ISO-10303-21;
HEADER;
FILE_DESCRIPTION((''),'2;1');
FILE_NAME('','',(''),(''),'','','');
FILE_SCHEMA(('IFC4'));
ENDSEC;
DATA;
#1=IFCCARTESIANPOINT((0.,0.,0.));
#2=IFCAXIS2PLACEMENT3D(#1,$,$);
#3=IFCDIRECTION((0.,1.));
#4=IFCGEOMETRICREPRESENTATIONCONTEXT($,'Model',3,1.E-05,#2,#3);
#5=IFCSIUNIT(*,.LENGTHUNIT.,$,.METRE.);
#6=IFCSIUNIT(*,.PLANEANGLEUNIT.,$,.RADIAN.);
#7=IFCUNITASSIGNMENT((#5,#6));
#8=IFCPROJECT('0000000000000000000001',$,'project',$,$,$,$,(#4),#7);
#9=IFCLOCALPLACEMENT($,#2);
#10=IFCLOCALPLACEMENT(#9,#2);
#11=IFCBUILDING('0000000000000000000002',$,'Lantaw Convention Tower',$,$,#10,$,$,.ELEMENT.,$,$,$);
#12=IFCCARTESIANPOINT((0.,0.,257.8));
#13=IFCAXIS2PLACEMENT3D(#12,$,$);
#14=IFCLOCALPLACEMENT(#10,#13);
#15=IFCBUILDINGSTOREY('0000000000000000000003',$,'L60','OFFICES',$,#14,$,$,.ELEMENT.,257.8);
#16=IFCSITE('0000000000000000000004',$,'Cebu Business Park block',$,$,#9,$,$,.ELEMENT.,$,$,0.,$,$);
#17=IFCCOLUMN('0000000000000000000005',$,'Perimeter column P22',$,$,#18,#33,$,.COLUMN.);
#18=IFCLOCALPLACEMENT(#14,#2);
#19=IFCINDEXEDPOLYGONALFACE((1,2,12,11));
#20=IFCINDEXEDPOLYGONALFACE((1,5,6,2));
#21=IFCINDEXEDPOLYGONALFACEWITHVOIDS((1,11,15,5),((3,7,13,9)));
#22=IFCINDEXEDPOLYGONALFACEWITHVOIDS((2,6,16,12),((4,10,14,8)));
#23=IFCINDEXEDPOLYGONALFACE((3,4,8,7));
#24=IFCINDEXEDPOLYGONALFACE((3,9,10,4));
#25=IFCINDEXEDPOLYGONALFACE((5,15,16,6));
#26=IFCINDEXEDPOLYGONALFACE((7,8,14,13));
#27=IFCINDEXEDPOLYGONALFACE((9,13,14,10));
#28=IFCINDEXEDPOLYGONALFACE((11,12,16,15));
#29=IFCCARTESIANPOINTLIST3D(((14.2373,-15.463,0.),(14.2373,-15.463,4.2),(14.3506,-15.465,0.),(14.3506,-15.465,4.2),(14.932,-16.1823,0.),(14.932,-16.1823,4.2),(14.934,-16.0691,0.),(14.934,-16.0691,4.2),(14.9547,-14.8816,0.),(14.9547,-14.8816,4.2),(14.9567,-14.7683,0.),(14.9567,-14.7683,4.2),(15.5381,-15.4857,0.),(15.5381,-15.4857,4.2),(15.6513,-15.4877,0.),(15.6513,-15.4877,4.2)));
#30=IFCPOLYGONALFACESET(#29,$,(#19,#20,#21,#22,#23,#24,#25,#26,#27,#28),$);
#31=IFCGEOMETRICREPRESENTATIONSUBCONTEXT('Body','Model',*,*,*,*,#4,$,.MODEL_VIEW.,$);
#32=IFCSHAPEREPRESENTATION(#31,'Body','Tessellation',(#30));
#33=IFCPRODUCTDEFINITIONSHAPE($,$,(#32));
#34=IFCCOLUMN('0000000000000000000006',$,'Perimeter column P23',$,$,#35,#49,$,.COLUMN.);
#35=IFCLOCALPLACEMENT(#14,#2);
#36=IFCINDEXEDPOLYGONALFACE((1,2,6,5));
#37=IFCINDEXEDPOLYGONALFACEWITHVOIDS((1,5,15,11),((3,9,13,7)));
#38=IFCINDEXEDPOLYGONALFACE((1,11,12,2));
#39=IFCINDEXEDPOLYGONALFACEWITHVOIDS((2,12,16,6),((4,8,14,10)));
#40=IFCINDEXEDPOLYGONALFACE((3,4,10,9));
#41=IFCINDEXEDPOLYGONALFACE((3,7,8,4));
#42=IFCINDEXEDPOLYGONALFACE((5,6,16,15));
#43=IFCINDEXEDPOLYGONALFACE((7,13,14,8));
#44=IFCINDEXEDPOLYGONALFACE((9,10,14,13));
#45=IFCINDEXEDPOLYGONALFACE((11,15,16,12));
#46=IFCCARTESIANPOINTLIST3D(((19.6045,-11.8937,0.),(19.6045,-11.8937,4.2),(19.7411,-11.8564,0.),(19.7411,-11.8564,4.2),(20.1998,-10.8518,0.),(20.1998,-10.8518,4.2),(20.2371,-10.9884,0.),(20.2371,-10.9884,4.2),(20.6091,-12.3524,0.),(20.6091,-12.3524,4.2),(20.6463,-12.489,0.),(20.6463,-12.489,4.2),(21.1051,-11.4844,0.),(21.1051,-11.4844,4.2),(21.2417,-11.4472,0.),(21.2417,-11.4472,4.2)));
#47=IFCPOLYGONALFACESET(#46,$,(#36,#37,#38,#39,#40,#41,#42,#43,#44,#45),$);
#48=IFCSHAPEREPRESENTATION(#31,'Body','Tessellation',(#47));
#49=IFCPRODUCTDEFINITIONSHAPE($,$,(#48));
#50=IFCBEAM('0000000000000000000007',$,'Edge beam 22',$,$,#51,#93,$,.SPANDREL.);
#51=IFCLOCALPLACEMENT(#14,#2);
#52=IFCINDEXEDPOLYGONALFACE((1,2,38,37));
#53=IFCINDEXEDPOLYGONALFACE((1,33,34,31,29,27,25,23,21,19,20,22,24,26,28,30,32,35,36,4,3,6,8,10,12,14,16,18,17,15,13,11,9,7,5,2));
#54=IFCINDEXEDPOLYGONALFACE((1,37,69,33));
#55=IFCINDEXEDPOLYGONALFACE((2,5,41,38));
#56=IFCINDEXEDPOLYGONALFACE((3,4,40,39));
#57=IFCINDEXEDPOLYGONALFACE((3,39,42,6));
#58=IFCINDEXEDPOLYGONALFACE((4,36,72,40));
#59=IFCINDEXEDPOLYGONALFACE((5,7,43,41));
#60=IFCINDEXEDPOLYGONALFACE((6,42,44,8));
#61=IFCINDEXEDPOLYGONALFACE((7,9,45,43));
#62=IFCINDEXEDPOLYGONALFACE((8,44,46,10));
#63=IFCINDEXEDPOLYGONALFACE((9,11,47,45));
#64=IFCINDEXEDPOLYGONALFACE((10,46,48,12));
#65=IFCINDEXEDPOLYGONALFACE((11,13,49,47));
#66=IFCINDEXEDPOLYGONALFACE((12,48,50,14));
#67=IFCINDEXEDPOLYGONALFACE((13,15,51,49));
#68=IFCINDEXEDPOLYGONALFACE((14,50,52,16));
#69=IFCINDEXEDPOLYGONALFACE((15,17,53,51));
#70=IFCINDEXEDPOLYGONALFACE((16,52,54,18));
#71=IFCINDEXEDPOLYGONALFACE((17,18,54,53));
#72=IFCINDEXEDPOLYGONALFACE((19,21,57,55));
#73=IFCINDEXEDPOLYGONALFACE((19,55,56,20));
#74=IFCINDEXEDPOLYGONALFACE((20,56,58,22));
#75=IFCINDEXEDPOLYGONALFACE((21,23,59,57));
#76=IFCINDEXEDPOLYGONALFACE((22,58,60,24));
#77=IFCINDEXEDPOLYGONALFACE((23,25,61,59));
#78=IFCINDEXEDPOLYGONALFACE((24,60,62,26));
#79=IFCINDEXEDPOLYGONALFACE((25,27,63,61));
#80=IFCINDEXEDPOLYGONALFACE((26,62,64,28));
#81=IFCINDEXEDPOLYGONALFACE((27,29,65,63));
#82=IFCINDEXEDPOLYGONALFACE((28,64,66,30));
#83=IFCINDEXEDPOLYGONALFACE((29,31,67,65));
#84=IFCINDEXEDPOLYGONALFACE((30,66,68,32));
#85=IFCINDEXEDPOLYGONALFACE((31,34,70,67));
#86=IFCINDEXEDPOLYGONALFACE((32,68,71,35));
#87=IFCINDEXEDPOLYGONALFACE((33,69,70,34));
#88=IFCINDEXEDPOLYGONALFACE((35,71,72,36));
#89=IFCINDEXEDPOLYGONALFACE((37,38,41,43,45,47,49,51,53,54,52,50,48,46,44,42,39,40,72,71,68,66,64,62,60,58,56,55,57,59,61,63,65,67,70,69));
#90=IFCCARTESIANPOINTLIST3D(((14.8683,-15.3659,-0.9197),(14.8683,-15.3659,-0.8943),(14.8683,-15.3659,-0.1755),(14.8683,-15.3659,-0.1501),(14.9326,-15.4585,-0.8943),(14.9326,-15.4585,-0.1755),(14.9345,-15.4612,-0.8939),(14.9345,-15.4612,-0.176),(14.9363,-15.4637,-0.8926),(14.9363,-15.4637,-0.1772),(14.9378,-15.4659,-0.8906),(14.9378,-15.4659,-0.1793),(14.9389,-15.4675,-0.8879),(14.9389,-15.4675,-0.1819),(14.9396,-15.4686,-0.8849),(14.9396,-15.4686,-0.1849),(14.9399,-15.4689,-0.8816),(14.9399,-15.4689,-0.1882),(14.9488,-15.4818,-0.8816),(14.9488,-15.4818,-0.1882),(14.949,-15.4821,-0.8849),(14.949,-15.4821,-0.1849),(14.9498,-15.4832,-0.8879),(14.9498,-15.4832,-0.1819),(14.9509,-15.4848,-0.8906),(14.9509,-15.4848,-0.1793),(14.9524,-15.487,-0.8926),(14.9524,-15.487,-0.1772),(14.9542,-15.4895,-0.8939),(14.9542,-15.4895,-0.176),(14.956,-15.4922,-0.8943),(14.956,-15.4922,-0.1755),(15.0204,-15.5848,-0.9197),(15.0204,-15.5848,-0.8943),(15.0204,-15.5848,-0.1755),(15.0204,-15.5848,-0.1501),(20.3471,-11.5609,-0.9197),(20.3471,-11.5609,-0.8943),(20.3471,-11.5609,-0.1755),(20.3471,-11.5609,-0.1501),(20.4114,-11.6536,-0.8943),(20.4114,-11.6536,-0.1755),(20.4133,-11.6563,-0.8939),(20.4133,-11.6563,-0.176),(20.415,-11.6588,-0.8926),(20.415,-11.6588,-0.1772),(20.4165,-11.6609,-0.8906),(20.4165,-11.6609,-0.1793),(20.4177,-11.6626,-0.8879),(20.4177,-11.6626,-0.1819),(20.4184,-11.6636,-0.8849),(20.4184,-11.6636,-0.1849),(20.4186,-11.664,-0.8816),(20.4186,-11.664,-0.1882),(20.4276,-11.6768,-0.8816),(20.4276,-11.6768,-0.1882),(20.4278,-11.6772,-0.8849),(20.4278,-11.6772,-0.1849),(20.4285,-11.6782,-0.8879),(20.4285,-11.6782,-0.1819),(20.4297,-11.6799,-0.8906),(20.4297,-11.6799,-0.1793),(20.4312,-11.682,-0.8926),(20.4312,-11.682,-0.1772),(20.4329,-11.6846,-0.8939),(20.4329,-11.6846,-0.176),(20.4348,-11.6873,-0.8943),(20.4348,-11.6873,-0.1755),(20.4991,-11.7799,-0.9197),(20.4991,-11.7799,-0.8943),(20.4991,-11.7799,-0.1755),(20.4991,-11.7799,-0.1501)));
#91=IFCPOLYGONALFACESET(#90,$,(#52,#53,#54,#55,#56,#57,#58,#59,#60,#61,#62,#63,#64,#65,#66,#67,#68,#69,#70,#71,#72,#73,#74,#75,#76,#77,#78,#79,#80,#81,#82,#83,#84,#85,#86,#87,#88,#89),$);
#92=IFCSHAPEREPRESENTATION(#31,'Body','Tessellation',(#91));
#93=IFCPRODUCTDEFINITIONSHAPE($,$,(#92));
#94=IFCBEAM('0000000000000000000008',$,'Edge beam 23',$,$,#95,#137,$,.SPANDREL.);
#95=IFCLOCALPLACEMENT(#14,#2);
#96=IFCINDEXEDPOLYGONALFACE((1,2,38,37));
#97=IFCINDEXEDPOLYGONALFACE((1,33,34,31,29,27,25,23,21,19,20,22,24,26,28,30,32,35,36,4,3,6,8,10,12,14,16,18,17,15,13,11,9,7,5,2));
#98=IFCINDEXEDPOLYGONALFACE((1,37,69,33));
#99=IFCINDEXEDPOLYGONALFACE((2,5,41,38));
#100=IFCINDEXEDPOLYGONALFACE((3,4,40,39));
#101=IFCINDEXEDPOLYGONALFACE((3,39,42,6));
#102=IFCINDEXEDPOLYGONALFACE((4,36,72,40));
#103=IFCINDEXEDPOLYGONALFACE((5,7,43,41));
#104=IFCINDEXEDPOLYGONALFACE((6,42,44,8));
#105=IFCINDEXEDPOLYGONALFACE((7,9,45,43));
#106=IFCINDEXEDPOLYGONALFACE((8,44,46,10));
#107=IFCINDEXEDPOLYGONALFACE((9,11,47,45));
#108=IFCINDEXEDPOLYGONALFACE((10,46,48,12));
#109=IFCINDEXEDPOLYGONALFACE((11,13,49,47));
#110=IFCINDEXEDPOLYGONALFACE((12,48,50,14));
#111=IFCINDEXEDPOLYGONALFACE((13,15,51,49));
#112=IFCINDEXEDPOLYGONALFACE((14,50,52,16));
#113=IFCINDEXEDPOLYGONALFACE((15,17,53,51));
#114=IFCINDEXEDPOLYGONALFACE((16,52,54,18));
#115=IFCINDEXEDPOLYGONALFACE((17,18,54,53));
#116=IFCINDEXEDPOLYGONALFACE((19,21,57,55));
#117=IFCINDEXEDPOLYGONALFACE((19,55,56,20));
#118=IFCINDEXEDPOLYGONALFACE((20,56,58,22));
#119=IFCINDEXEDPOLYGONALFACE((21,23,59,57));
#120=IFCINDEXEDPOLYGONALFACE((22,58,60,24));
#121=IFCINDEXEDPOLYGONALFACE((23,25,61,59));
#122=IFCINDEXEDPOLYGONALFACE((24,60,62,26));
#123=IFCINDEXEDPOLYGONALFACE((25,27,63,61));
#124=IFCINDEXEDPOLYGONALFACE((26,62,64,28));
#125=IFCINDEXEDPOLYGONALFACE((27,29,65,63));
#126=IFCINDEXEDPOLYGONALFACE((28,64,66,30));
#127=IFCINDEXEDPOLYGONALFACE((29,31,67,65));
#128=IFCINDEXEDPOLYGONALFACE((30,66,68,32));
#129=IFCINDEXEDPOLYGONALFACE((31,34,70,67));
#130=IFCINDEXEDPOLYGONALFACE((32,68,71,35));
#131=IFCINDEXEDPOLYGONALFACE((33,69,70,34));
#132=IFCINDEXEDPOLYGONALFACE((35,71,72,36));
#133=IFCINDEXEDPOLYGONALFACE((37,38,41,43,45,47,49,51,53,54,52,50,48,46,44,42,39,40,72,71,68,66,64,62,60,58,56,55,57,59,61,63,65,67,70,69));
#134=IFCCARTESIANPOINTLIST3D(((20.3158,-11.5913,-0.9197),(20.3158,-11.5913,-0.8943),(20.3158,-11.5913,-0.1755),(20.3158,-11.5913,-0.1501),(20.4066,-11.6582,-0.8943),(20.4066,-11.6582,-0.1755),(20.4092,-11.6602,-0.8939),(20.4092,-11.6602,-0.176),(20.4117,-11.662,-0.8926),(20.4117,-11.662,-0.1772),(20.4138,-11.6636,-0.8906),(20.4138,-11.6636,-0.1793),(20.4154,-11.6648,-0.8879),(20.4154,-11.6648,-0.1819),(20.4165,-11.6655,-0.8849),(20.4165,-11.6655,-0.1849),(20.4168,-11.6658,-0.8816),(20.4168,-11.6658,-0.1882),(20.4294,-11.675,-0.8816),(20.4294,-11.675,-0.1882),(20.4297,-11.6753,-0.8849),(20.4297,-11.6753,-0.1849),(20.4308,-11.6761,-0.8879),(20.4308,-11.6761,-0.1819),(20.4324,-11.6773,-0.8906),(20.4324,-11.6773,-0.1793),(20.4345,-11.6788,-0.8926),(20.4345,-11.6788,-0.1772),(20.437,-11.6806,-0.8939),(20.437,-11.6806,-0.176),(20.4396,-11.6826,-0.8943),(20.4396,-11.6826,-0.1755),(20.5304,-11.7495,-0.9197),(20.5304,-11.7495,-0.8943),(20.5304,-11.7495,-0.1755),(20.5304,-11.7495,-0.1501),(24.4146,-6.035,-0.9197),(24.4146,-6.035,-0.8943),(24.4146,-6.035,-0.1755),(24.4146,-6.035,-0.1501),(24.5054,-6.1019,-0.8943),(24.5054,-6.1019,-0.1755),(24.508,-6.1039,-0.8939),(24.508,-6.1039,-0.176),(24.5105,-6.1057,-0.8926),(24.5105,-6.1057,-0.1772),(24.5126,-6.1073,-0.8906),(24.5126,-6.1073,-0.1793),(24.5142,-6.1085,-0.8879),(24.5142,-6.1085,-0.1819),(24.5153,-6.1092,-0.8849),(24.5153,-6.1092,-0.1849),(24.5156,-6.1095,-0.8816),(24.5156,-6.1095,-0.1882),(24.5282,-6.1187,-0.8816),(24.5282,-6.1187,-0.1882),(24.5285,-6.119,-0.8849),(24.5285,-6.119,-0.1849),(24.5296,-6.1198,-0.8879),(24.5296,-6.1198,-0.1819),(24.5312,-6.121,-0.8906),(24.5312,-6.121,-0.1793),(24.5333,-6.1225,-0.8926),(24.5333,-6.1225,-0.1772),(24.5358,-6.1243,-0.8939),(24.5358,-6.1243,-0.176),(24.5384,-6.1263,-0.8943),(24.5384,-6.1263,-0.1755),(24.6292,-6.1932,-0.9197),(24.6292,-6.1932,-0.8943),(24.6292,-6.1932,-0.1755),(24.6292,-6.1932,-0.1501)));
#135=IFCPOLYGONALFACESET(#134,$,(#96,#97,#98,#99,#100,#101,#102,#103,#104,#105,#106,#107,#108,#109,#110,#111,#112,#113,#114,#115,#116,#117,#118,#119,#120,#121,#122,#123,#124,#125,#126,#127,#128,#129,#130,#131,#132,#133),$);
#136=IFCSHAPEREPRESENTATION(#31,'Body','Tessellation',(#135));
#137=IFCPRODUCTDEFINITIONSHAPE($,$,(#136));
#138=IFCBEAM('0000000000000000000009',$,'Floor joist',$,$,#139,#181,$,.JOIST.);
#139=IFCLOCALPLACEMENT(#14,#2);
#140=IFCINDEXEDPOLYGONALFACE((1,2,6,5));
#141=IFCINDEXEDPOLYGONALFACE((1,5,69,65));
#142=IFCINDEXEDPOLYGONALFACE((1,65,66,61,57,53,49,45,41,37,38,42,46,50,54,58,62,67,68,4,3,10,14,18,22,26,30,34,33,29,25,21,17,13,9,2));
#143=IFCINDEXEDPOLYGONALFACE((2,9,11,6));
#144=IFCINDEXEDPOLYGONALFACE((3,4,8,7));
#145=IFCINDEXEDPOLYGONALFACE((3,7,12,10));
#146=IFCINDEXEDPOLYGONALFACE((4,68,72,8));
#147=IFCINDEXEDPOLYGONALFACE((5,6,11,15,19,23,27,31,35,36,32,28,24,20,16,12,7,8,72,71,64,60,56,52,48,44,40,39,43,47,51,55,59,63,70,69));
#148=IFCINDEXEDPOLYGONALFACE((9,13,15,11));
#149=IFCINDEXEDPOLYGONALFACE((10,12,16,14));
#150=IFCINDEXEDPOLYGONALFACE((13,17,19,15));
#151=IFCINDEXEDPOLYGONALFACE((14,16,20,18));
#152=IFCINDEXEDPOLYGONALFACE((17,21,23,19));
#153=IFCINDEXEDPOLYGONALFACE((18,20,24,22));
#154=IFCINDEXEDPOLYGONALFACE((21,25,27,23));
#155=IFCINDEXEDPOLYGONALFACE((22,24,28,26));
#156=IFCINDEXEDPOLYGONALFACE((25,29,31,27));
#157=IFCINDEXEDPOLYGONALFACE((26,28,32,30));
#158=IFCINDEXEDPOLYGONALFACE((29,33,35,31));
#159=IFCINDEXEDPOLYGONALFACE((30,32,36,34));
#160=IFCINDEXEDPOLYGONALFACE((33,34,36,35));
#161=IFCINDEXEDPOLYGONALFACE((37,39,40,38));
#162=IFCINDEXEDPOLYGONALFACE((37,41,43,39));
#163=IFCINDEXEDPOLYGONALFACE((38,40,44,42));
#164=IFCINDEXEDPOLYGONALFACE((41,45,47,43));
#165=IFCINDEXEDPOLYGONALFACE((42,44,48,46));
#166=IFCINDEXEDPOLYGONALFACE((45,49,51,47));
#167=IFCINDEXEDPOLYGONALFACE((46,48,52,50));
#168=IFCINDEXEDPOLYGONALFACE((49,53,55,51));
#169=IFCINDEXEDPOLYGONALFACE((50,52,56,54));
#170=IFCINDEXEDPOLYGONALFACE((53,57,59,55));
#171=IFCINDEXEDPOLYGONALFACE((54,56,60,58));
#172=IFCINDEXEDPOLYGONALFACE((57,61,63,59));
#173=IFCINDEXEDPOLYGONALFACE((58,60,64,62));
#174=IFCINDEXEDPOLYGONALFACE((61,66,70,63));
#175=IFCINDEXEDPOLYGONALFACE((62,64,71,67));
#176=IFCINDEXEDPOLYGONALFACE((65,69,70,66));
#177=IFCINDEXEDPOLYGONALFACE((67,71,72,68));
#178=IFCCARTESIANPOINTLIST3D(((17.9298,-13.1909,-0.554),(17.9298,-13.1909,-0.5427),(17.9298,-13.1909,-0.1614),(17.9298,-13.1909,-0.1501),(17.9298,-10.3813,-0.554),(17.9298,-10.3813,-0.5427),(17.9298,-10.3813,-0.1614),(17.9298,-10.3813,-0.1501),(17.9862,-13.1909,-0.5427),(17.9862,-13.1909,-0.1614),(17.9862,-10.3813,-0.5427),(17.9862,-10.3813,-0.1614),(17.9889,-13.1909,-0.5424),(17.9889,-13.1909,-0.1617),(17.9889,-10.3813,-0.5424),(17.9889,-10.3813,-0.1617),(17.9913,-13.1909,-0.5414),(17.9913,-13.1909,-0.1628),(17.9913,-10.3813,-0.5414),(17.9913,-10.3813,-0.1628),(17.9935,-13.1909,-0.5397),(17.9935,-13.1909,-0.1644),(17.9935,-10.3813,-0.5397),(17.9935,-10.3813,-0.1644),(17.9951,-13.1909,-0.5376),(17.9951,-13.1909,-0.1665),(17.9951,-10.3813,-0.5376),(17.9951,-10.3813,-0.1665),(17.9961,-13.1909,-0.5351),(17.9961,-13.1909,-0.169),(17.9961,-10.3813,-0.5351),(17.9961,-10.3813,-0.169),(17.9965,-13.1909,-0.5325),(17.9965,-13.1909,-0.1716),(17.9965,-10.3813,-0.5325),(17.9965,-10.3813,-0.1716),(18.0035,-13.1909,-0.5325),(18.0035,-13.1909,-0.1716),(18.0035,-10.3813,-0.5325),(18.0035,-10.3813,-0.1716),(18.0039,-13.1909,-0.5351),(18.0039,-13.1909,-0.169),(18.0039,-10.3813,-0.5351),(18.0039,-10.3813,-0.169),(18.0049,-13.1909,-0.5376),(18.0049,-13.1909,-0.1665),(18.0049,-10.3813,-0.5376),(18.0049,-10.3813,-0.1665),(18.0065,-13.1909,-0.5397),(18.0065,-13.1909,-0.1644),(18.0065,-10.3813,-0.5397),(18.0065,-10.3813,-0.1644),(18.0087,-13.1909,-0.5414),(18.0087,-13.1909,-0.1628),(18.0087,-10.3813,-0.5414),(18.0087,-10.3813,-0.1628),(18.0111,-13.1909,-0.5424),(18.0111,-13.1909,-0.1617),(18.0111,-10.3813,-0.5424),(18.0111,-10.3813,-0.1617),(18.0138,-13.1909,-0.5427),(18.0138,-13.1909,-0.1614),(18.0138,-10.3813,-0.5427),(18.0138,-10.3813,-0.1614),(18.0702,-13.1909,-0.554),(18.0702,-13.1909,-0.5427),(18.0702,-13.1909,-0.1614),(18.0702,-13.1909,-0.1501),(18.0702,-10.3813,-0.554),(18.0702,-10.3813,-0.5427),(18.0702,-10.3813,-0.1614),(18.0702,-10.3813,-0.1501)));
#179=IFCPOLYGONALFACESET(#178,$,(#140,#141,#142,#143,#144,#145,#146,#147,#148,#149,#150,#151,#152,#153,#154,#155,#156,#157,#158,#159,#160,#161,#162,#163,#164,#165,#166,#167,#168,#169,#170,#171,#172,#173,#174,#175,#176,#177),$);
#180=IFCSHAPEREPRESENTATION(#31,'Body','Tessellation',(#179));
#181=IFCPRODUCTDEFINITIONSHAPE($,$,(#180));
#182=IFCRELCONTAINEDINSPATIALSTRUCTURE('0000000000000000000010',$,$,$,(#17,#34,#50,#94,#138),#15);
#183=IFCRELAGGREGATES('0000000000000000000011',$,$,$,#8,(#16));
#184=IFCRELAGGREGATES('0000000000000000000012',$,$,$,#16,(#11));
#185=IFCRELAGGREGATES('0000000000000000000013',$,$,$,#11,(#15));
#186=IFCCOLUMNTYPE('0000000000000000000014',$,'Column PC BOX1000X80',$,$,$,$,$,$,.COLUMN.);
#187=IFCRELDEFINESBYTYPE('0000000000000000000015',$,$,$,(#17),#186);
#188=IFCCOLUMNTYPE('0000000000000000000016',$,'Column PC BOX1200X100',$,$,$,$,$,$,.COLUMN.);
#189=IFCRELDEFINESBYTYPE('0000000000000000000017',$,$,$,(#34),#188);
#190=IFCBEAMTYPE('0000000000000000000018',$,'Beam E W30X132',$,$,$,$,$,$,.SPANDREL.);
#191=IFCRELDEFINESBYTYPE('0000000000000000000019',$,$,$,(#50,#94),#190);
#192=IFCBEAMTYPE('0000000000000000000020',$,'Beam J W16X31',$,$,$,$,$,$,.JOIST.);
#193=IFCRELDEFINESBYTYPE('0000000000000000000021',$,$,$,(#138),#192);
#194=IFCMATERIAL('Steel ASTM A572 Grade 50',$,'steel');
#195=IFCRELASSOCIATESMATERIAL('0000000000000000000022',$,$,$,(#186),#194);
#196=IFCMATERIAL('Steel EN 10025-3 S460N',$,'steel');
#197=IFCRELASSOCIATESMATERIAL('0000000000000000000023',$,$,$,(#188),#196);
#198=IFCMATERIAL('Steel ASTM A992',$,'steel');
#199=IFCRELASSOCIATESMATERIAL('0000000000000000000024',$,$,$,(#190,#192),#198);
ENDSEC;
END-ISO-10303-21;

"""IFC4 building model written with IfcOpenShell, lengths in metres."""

from ifc_helpers import new_model, si_unit, direction, frame, origin, origin_2d, place, context, subcontext, project, spatial, rectangle, hollow_rectangle, i_section, extrude, material, material_profile, profile_set, type_object, element, save


model = new_model("IFC4")

# Units and contexts
model_context = context("Model", 3, precision=1e-05, world=origin(), true_north=direction((0.0, 1.0)))
body_context = subcontext(model_context, "Body", "Model", "MODEL_VIEW")
ifc_project = project(units=[si_unit("LENGTHUNIT", "METRE"), si_unit("PLANEANGLEUNIT", "RADIAN")], contexts=[model_context])

# Site, building, storey
site_placement = place(None, origin())
site = spatial("IfcSite", under=ifc_project, at=site_placement, Name="Cebu Business Park block", CompositionType="ELEMENT", RefElevation=0.0)
building_placement = place(site_placement, origin())
building = spatial("IfcBuilding", under=site, at=building_placement, Name="Lantaw Convention Tower", CompositionType="ELEMENT")
storey_placement = place(building_placement, frame((0.0, 0.0, 257.8)))
storey = spatial("IfcBuildingStorey", under=building, at=storey_placement, Name="L60", Description="OFFICES", CompositionType="ELEMENT", Elevation=257.8)

# Columns
ifc_material_1 = material(Name="Steel ASTM A572 Grade 50", Category="steel")
ifc_material_profile_1 = material_profile(ifc_material_1, hollow_rectangle(XDim=1.0, YDim=1.0, WallThickness=0.0801, at=origin_2d()), Name="BOX1000X80")
ifc_material_2 = material(Name="Concrete C60/75", Category="concrete")
ifc_material_profile_2 = material_profile(ifc_material_2, rectangle(XDim=0.8401, YDim=0.8401, at=origin_2d()), Name="Concrete fill of BOX1000X80")
ifc_profile_set_1 = profile_set([ifc_material_profile_1, ifc_material_profile_2], Name="Steel ASTM A572 Grade 50")
column_type_1 = type_object("IfcColumnType", Name="Column PC BOX1000X80", PredefinedType="COLUMN", material=ifc_profile_set_1)
column_1_placement = place(storey_placement, frame((14.9443, -15.4753, 0.0), z_axis=(0.0, 0.0, 1.0), x_axis=(0.71934, 0.694658, 0.0)))
element("IfcColumn", 1, at=column_1_placement, inside=storey, type_object=column_type_1, Name="Perimeter column P22", PredefinedType="COLUMN", context=body_context, shape_type="SweptSolid", body=[
    extrude(hollow_rectangle(XDim=1.0, YDim=1.0, WallThickness=0.0801, at=origin_2d()), origin(), (0.0, 0.0, 1.0), 4.2),
])
ifc_material_3 = material(Name="Steel EN 10025-3 S460N", Category="steel")
ifc_material_profile_3 = material_profile(ifc_material_3, hollow_rectangle(XDim=1.2, YDim=1.2, WallThickness=0.1001, at=origin_2d()), Name="BOX1200X100")
ifc_material_profile_4 = material_profile(ifc_material_2, rectangle(XDim=1.0, YDim=1.0, at=origin_2d()), Name="Concrete fill of BOX1200X100")
ifc_profile_set_2 = profile_set([ifc_material_profile_3, ifc_material_profile_4], Name="Steel EN 10025-3 S460N")
column_type_2 = type_object("IfcColumnType", Name="Column PC BOX1200X100", PredefinedType="COLUMN", material=ifc_profile_set_2)
column_2_placement = place(storey_placement, frame((20.4231, -11.6704, 0.0), z_axis=(0.0, 0.0, 1.0), x_axis=(0.496139, 0.868243, 0.0)))
element("IfcColumn", 2, at=column_2_placement, inside=storey, type_object=column_type_2, Name="Perimeter column P23", PredefinedType="COLUMN", context=body_context, shape_type="SweptSolid", body=[
    extrude(hollow_rectangle(XDim=1.2, YDim=1.2, WallThickness=0.1001, at=origin_2d()), origin(), (0.0, 0.0, 1.0), 4.2),
])

# Beams
ifc_material_4 = material(Name="Steel ASTM A992", Category="steel")
ifc_material_profile_5 = material_profile(ifc_material_4, i_section(OverallWidth=0.2666, OverallDepth=0.7695, WebThickness=0.0156, FlangeThickness=0.0254, FilletRadius=0.0127, at=origin_2d()), Name="W30X132")
ifc_profile_set_3 = profile_set([ifc_material_profile_5], Name="Steel ASTM A992")
beam_type_1 = type_object("IfcBeamType", Name="Beam E W30X132", PredefinedType="SPANDREL", material=ifc_profile_set_3)
beam_1_placement = place(storey_placement, frame((14.9443, -15.4753, -0.5349), z_axis=(0.821353, 0.57042, 0.0), x_axis=(-0.57042, 0.821353, 0.0)))
element("IfcBeam", 3, at=beam_1_placement, inside=storey, type_object=beam_type_1, Name="Edge beam 22", PredefinedType="SPANDREL", context=body_context, shape_type="SweptSolid", body=[
    extrude(i_section(OverallWidth=0.2666, OverallDepth=0.7695, WebThickness=0.0156, FlangeThickness=0.0254, FilletRadius=0.0127, at=origin_2d()), origin(), (0.0, 0.0, 1.0), 6.6704),
])
beam_2_placement = place(storey_placement, frame((20.4231, -11.6704, -0.5349), z_axis=(0.593639, 0.804731, 0.0), x_axis=(-0.804731, 0.593639, 0.0)))
element("IfcBeam", 4, at=beam_2_placement, inside=storey, type_object=beam_type_1, Name="Edge beam 23", PredefinedType="SPANDREL", context=body_context, shape_type="SweptSolid", body=[
    extrude(i_section(OverallWidth=0.2666, OverallDepth=0.7695, WebThickness=0.0156, FlangeThickness=0.0254, FilletRadius=0.0127, at=origin_2d()), origin(), (0.0, 0.0, 1.0), 6.9045),
])
ifc_material_profile_6 = material_profile(ifc_material_4, i_section(OverallWidth=0.1404, OverallDepth=0.4038, WebThickness=0.0071, FlangeThickness=0.0112, FilletRadius=0.0103, at=origin_2d()), Name="W16X31")
ifc_profile_set_4 = profile_set([ifc_material_profile_6], Name="Steel ASTM A992")
beam_type_2 = type_object("IfcBeamType", Name="Beam J W16X31", PredefinedType="JOIST", material=ifc_profile_set_4)
beam_3_placement = place(storey_placement, frame((18.0, -13.1909, -0.3521), z_axis=(0.0, 1.0, 0.0), x_axis=(-1.0, 0.0, 0.0)))
element("IfcBeam", 5, at=beam_3_placement, inside=storey, type_object=beam_type_2, Name="Floor joist", PredefinedType="JOIST", context=body_context, shape_type="SweptSolid", body=[
    extrude(i_section(OverallWidth=0.1404, OverallDepth=0.4038, WebThickness=0.0071, FlangeThickness=0.0112, FilletRadius=0.0103, at=origin_2d()), origin(), (0.0, 0.0, 1.0), 2.8096),
])

save(model, "model.ifc")
